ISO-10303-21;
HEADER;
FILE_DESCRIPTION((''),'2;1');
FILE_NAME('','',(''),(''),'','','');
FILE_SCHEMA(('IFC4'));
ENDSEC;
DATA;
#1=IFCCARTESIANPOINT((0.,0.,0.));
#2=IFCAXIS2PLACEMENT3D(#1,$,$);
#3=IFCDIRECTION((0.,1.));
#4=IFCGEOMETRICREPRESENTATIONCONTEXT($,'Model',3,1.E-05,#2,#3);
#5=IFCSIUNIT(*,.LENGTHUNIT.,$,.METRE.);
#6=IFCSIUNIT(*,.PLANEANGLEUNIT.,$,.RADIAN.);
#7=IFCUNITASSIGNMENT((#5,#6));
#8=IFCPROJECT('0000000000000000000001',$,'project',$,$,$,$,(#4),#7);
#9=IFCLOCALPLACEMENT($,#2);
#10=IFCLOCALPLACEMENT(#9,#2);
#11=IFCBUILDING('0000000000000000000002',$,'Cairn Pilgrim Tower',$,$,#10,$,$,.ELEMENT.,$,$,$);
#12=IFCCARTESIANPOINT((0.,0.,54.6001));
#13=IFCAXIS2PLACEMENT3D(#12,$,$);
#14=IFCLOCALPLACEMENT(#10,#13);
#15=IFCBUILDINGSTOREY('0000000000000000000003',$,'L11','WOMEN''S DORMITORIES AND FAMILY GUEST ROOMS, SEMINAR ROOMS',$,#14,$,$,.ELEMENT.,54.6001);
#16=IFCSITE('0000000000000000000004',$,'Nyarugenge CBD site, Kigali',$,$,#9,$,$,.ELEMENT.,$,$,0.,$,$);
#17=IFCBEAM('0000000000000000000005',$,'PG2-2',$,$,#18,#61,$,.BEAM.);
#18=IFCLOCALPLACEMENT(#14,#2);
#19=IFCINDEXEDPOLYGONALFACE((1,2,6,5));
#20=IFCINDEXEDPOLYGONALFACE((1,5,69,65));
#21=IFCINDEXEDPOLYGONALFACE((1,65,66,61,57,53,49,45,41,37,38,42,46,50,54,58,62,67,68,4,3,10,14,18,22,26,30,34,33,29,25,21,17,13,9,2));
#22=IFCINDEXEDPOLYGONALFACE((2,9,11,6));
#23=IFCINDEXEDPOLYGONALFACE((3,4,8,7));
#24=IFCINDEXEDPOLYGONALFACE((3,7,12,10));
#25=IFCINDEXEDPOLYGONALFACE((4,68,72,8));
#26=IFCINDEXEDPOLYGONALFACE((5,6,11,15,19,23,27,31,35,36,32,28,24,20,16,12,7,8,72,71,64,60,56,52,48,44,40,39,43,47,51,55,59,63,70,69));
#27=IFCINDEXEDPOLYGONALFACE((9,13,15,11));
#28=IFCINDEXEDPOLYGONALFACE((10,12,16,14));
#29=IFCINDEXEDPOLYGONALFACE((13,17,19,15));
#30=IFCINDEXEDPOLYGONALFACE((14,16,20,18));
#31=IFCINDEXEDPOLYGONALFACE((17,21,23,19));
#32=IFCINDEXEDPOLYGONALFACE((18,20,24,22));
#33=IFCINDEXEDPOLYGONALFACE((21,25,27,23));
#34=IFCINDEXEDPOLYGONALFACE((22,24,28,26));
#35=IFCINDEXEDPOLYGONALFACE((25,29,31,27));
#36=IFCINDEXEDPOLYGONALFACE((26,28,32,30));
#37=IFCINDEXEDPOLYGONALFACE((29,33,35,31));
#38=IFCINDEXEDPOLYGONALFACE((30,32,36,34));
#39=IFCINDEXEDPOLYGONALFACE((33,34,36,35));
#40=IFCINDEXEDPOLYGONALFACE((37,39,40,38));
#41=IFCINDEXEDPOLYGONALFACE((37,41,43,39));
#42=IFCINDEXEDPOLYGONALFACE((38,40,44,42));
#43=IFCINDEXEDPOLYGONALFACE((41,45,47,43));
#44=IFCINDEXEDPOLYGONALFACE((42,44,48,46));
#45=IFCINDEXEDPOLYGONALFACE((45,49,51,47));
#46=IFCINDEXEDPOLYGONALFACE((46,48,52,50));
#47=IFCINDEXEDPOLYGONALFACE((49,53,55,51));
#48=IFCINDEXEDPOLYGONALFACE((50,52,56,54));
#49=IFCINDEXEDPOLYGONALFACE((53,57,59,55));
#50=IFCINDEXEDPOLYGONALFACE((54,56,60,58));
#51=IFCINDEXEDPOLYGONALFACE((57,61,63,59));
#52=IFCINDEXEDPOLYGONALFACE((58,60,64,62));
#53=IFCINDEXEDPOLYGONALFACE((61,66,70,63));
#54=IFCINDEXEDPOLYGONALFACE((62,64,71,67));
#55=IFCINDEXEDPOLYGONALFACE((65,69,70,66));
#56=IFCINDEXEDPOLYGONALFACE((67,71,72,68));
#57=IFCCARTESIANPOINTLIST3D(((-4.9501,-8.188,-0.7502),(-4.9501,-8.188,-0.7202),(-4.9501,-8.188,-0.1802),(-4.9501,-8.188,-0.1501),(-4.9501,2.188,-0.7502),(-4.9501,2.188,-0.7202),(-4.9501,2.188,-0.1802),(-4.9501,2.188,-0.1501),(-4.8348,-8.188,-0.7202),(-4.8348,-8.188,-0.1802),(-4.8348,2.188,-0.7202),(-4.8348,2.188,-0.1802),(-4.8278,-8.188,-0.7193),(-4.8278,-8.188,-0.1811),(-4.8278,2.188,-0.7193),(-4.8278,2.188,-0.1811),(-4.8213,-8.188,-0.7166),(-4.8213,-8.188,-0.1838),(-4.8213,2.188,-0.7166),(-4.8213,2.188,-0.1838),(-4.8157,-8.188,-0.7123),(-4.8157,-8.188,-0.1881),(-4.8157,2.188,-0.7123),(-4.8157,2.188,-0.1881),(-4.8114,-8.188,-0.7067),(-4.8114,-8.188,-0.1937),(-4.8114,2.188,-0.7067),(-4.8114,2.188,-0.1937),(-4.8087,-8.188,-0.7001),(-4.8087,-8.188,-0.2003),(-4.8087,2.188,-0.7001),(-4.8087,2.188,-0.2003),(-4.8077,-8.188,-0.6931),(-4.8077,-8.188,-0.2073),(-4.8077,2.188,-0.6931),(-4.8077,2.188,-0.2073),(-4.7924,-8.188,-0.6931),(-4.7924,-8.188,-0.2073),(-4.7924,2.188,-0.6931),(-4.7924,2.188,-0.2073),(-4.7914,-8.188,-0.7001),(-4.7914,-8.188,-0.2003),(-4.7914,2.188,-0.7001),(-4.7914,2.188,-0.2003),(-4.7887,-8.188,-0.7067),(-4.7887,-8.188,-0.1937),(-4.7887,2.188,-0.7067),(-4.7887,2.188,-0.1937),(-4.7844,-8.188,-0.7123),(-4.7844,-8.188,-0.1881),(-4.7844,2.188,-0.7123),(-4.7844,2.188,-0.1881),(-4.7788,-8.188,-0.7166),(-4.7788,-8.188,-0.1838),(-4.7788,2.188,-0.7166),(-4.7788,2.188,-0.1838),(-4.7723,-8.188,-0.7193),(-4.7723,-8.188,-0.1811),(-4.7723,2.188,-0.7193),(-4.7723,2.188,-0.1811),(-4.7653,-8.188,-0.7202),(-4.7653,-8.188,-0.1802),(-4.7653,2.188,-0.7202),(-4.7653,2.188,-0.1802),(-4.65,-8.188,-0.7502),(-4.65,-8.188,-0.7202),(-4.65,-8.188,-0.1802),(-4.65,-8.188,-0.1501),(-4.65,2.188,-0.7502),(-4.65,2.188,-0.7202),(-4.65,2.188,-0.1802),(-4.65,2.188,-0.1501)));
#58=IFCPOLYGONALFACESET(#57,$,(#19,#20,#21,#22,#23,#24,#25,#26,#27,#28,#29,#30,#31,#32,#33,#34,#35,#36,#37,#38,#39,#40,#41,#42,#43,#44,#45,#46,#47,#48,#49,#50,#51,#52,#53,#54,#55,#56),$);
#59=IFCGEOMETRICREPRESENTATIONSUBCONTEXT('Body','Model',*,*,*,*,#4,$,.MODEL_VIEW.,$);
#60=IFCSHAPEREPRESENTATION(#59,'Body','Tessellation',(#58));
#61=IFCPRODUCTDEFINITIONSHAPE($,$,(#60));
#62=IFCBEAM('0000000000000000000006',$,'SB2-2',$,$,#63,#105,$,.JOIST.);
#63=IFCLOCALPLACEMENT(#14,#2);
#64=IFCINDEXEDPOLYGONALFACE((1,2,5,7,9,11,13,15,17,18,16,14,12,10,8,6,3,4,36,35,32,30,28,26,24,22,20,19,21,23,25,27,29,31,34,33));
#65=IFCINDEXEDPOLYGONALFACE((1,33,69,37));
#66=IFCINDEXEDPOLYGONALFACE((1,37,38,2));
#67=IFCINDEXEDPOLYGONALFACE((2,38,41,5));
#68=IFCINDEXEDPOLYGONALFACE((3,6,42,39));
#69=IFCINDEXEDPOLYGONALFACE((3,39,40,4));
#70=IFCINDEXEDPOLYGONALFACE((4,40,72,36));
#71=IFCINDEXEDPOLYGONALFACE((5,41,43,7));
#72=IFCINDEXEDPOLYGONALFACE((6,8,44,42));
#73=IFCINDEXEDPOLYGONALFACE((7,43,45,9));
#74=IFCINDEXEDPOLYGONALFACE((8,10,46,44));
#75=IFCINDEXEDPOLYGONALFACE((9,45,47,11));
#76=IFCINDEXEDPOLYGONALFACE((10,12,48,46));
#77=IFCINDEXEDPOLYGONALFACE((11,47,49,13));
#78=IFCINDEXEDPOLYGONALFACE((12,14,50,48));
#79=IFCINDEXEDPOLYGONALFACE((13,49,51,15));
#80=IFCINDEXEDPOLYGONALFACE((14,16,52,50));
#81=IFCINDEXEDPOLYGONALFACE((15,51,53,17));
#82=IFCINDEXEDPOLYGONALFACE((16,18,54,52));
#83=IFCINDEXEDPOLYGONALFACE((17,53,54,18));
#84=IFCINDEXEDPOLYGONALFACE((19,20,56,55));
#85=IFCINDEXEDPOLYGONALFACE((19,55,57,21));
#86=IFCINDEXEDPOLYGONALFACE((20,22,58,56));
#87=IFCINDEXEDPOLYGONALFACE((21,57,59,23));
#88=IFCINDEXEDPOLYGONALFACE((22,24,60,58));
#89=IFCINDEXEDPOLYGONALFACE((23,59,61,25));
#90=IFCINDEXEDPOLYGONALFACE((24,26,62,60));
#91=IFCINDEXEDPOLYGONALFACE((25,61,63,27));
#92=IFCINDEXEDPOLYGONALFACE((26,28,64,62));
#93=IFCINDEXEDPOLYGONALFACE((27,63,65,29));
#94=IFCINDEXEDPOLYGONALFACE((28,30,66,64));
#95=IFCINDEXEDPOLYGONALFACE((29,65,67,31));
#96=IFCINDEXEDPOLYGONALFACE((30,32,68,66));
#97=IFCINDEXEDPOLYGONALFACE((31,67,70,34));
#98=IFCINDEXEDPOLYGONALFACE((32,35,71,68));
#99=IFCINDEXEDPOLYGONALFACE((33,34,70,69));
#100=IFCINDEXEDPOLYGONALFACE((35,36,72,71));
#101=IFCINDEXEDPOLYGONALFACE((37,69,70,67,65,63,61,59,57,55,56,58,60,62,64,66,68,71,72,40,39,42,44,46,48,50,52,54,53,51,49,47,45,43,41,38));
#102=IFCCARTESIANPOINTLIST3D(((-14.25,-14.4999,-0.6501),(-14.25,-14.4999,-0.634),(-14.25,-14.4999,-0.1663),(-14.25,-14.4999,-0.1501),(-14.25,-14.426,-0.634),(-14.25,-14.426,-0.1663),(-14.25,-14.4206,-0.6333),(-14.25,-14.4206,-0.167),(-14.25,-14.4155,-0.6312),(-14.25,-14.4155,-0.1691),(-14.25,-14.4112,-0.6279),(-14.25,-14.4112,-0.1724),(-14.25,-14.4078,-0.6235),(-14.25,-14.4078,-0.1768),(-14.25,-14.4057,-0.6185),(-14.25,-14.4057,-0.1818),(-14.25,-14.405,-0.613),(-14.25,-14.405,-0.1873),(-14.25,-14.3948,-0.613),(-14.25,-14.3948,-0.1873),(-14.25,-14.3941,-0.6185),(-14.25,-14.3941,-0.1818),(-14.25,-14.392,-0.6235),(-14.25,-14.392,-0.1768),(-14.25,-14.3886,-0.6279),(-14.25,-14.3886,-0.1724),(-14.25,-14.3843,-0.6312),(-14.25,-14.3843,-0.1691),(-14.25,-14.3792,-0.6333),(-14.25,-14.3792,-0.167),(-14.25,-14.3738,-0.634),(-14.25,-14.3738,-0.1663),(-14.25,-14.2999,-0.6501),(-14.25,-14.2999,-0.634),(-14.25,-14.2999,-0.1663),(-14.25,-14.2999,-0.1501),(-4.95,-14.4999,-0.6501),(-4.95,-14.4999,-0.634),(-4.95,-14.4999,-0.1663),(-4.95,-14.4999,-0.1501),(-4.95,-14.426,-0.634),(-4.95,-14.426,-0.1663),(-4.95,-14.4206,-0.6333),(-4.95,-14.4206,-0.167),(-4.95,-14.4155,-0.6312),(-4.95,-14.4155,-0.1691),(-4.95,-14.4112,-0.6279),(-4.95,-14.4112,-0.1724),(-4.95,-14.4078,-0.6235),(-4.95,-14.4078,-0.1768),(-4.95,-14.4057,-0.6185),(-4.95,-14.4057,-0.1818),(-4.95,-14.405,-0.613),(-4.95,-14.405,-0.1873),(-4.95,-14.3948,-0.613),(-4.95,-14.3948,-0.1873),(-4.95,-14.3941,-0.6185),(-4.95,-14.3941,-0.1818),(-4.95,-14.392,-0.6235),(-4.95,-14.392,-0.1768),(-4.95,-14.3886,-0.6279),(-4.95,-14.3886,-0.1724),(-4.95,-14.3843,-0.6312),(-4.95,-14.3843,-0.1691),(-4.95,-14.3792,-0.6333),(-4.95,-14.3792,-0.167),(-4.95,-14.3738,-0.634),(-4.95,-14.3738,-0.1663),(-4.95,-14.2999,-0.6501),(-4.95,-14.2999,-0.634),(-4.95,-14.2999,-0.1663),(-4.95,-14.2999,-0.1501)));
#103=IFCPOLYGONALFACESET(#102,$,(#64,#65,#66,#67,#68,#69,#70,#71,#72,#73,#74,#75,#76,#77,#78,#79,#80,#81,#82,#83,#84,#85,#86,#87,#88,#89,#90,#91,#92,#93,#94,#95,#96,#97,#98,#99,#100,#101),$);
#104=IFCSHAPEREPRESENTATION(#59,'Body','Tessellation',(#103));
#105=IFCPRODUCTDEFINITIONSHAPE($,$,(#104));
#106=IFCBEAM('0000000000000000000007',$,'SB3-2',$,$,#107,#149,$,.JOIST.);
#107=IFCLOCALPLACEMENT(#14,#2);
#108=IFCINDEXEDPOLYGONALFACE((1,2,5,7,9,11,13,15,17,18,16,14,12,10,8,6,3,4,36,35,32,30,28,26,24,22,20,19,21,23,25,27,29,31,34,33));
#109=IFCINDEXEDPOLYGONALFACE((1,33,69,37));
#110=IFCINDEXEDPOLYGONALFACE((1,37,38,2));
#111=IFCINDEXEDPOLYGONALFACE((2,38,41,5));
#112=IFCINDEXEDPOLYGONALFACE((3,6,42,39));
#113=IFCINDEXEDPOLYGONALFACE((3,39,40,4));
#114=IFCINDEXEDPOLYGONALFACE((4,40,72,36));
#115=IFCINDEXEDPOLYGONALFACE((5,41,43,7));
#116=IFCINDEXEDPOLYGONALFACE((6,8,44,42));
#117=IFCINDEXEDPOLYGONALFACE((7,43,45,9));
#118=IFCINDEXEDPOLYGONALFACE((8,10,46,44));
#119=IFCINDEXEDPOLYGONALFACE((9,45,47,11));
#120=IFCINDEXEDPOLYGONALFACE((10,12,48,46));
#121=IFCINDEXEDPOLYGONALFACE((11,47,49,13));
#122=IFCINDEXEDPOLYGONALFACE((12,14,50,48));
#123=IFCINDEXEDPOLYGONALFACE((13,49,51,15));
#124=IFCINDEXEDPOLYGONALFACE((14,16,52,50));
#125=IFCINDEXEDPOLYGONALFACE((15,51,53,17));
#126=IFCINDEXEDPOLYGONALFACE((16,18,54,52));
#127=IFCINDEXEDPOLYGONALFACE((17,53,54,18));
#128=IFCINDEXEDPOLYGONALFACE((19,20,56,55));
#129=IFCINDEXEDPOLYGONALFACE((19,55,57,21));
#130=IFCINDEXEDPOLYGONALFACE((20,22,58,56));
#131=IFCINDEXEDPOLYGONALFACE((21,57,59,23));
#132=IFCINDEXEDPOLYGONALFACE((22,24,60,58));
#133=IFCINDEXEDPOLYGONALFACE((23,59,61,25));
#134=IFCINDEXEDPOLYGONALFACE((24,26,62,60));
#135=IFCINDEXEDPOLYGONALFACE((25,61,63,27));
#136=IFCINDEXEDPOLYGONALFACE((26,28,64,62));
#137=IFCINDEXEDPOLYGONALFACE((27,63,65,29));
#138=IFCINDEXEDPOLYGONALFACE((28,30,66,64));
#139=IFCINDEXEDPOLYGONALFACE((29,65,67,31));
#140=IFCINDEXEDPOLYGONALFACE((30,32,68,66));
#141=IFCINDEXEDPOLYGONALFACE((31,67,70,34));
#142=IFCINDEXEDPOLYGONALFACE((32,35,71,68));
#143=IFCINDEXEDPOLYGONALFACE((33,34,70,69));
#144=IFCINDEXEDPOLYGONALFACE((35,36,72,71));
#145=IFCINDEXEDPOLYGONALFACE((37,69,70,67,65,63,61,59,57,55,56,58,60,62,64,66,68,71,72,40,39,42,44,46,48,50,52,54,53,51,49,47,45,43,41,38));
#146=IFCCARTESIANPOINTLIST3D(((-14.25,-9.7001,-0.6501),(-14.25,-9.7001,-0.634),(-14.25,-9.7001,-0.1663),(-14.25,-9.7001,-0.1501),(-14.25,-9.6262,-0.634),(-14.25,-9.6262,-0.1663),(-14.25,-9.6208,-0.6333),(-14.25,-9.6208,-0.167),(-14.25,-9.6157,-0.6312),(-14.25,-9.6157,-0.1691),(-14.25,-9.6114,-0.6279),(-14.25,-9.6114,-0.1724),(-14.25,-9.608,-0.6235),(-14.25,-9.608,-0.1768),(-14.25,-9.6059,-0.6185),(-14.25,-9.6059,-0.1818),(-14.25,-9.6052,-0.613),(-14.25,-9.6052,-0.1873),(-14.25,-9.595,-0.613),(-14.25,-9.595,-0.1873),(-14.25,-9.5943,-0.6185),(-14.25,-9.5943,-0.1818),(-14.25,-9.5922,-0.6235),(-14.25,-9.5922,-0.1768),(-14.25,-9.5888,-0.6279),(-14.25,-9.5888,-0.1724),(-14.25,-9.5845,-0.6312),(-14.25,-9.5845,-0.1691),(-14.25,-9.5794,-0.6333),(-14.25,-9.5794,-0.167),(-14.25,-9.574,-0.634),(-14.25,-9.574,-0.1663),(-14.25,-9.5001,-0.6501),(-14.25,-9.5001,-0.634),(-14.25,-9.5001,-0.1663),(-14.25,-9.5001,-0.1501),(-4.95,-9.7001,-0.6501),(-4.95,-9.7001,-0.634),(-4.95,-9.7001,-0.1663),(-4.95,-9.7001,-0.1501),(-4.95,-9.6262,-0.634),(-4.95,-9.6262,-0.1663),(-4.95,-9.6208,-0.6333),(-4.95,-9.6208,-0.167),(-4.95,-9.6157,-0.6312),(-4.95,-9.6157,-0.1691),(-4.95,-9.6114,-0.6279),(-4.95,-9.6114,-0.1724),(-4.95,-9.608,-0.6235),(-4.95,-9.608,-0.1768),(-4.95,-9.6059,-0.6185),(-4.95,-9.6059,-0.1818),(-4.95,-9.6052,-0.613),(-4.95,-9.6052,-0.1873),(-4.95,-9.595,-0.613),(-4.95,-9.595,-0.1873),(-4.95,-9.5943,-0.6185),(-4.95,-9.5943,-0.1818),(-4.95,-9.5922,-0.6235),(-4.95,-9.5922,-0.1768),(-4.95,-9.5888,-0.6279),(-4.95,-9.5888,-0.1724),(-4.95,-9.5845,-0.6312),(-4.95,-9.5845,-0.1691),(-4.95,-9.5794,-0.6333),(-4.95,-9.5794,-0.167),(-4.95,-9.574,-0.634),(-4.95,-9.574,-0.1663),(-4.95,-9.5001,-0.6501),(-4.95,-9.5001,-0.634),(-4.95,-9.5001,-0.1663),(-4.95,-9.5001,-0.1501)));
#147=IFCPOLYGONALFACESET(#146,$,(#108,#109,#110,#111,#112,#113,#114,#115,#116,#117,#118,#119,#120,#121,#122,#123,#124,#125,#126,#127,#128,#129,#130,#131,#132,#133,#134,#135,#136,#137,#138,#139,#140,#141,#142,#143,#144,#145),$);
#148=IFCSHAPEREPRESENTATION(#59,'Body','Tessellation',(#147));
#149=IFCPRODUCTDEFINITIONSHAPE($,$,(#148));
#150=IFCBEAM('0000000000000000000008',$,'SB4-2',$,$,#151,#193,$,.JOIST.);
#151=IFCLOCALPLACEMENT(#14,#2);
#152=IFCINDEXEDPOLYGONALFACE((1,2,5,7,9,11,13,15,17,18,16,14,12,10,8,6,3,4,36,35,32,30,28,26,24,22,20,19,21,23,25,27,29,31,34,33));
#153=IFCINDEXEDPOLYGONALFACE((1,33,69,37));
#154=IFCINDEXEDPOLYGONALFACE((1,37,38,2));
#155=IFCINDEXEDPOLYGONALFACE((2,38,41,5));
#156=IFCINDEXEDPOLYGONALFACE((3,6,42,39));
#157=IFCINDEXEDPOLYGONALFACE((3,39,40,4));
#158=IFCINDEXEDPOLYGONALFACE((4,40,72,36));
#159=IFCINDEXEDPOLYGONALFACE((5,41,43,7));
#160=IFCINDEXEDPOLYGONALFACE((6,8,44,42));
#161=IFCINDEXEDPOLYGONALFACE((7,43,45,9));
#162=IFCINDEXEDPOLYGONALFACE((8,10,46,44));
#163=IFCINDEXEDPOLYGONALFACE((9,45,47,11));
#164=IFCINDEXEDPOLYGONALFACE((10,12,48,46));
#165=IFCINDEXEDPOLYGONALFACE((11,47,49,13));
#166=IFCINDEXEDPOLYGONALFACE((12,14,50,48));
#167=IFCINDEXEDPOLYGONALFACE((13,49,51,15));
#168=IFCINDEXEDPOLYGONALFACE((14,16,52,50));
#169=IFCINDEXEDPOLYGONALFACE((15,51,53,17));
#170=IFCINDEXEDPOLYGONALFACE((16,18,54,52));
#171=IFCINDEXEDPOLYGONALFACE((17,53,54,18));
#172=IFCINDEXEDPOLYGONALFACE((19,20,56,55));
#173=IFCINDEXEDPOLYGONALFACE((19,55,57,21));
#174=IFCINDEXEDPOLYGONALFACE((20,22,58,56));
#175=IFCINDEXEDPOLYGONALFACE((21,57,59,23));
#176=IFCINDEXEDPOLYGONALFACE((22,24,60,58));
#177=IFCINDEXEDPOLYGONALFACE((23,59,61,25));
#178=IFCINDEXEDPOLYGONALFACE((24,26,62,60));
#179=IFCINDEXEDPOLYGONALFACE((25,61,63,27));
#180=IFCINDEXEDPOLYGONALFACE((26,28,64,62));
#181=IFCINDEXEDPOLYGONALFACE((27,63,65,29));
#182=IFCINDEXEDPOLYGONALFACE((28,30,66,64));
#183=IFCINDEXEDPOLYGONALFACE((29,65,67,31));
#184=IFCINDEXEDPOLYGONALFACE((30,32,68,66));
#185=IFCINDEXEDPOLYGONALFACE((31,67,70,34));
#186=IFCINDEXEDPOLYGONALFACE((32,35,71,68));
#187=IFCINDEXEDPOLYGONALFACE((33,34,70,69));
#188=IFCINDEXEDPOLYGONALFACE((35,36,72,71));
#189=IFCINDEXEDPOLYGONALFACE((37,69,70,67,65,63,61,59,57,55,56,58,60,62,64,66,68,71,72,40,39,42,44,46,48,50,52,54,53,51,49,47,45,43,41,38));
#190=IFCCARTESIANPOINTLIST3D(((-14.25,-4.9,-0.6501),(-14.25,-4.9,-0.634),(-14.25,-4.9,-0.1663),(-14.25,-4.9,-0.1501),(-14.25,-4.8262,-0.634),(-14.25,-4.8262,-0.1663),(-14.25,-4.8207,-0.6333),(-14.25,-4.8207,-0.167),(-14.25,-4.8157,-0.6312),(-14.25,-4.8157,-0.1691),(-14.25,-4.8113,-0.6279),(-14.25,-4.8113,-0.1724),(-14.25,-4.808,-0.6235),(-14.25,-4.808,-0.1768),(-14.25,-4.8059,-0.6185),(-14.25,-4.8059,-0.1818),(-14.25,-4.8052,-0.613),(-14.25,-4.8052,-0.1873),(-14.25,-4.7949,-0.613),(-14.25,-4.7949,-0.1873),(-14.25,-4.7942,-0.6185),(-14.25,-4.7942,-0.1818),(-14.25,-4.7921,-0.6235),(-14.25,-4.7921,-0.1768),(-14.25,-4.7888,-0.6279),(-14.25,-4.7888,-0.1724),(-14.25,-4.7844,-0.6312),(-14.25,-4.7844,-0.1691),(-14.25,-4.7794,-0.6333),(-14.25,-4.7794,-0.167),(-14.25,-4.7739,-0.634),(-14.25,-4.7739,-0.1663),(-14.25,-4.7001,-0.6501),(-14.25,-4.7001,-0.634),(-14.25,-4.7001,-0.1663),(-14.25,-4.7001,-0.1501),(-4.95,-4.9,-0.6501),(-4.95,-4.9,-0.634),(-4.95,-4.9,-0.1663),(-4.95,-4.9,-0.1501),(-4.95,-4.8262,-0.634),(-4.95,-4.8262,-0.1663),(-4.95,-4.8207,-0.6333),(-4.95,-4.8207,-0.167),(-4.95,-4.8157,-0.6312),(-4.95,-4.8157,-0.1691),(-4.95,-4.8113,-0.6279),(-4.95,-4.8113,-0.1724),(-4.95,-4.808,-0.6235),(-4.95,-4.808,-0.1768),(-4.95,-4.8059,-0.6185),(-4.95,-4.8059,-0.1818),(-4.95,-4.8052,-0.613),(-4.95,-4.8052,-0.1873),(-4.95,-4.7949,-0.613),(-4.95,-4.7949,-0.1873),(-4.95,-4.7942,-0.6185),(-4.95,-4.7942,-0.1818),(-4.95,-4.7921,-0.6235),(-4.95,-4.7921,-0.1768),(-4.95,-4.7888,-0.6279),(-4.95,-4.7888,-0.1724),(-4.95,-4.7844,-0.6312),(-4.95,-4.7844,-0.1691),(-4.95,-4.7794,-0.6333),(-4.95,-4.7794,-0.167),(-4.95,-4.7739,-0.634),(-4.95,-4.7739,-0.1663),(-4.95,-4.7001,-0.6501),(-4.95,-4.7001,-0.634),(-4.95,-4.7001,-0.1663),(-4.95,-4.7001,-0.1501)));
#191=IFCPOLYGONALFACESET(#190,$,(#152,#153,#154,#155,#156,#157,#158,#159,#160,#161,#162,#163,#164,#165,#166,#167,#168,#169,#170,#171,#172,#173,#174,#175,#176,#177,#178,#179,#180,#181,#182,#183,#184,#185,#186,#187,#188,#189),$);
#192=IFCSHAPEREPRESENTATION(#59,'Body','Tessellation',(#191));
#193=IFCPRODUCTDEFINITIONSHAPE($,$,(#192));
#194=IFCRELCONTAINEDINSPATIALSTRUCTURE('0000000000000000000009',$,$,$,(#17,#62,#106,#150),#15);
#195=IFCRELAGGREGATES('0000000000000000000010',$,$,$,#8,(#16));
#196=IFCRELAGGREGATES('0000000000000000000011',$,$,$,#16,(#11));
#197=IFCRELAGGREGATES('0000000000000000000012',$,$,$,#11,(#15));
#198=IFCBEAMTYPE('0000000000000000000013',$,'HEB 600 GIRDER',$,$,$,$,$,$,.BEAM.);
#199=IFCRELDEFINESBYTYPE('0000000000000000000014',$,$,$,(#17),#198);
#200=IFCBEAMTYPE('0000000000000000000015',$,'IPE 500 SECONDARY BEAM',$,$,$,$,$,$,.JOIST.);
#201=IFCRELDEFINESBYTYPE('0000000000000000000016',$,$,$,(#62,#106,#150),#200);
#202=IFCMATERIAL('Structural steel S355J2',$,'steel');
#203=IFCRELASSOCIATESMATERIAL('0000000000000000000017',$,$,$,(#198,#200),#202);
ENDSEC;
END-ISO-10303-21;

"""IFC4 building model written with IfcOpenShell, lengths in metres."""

from ifc_helpers import new_model, si_unit, direction, frame, origin, origin_2d, place, context, subcontext, project, spatial, i_section, extrude, material, material_profile, profile_set, type_object, element, save


model = new_model("IFC4")

# Units and contexts
model_context = context("Model", 3, precision=1e-05, world=origin(), true_north=direction((0.0, 1.0)))
body_context = subcontext(model_context, "Body", "Model", "MODEL_VIEW")
ifc_project = project(units=[si_unit("LENGTHUNIT", "METRE"), si_unit("PLANEANGLEUNIT", "RADIAN")], contexts=[model_context])

# Site, building, storey
site_placement = place(None, origin())
site = spatial("IfcSite", under=ifc_project, at=site_placement, Name="Nyarugenge CBD site, Kigali", CompositionType="ELEMENT", RefElevation=0.0)
building_placement = place(site_placement, origin())
building = spatial("IfcBuilding", under=site, at=building_placement, Name="Cairn Pilgrim Tower", CompositionType="ELEMENT")
storey_placement = place(building_placement, frame((0.0, 0.0, 54.6001)))
storey = spatial("IfcBuildingStorey", under=building, at=storey_placement, Name="L11", Description="WOMEN'S DORMITORIES AND FAMILY GUEST ROOMS, SEMINAR ROOMS", CompositionType="ELEMENT", Elevation=54.6001)

# Beams
ifc_material_1 = material(Name="Structural steel S355J2", Category="steel")
ifc_material_profile_1 = material_profile(ifc_material_1, i_section(OverallWidth=0.3, OverallDepth=0.6001, WebThickness=0.0154, FlangeThickness=0.03, FilletRadius=0.0271, at=origin_2d()), Name="HEB 600")
ifc_profile_set_1 = profile_set([ifc_material_profile_1], Name="Structural steel S355J2")
beam_type_1 = type_object("IfcBeamType", Name="HEB 600 GIRDER", PredefinedType="BEAM", material=ifc_profile_set_1)
beam_1_placement = place(storey_placement, frame((-4.8, -8.188, -0.4502), z_axis=(0.0, 1.0, 0.0), x_axis=(-1.0, 0.0, 0.0)))
element("IfcBeam", 1, at=beam_1_placement, inside=storey, type_object=beam_type_1, Name="PG2-2", PredefinedType="BEAM", context=body_context, shape_type="SweptSolid", body=[
    extrude(i_section(OverallWidth=0.3, OverallDepth=0.6001, WebThickness=0.0154, FlangeThickness=0.03, FilletRadius=0.0271, at=origin_2d()), origin(), (0.0, 0.0, 1.0), 10.376),
])
ifc_material_profile_2 = material_profile(ifc_material_1, i_section(OverallWidth=0.2, OverallDepth=0.5, WebThickness=0.0103, FlangeThickness=0.0161, FilletRadius=0.021, at=origin_2d()), Name="IPE 500")
ifc_profile_set_2 = profile_set([ifc_material_profile_2], Name="Structural steel S355J2")
beam_type_2 = type_object("IfcBeamType", Name="IPE 500 SECONDARY BEAM", PredefinedType="JOIST", material=ifc_profile_set_2)
for number, where, z_axis, x_axis, name in (
    (2, (-14.25, -14.3999, -0.4001), (1.0, 0.0, 0.0), (0.0, 1.0, 0.0), "SB2-2"),
    (3, (-14.25, -9.6001, -0.4001), (1.0, 0.0, 0.0), (0.0, 1.0, 0.0), "SB3-2"),
    (4, (-14.25, -4.8, -0.4001), (1.0, 0.0, 0.0), (0.0, 1.0, 0.0), "SB4-2"),
):
    element("IfcBeam", number, at=place(storey_placement, frame(where, z_axis=z_axis, x_axis=x_axis)), inside=storey, type_object=beam_type_2, Name=name, PredefinedType="JOIST", context=body_context, shape_type="SweptSolid", body=[
        extrude(i_section(OverallWidth=0.2, OverallDepth=0.5, WebThickness=0.0103, FlangeThickness=0.0161, FilletRadius=0.021, at=origin_2d()), origin(), (0.0, 0.0, 1.0), 9.3),
    ])

save(model, "model.ifc")
